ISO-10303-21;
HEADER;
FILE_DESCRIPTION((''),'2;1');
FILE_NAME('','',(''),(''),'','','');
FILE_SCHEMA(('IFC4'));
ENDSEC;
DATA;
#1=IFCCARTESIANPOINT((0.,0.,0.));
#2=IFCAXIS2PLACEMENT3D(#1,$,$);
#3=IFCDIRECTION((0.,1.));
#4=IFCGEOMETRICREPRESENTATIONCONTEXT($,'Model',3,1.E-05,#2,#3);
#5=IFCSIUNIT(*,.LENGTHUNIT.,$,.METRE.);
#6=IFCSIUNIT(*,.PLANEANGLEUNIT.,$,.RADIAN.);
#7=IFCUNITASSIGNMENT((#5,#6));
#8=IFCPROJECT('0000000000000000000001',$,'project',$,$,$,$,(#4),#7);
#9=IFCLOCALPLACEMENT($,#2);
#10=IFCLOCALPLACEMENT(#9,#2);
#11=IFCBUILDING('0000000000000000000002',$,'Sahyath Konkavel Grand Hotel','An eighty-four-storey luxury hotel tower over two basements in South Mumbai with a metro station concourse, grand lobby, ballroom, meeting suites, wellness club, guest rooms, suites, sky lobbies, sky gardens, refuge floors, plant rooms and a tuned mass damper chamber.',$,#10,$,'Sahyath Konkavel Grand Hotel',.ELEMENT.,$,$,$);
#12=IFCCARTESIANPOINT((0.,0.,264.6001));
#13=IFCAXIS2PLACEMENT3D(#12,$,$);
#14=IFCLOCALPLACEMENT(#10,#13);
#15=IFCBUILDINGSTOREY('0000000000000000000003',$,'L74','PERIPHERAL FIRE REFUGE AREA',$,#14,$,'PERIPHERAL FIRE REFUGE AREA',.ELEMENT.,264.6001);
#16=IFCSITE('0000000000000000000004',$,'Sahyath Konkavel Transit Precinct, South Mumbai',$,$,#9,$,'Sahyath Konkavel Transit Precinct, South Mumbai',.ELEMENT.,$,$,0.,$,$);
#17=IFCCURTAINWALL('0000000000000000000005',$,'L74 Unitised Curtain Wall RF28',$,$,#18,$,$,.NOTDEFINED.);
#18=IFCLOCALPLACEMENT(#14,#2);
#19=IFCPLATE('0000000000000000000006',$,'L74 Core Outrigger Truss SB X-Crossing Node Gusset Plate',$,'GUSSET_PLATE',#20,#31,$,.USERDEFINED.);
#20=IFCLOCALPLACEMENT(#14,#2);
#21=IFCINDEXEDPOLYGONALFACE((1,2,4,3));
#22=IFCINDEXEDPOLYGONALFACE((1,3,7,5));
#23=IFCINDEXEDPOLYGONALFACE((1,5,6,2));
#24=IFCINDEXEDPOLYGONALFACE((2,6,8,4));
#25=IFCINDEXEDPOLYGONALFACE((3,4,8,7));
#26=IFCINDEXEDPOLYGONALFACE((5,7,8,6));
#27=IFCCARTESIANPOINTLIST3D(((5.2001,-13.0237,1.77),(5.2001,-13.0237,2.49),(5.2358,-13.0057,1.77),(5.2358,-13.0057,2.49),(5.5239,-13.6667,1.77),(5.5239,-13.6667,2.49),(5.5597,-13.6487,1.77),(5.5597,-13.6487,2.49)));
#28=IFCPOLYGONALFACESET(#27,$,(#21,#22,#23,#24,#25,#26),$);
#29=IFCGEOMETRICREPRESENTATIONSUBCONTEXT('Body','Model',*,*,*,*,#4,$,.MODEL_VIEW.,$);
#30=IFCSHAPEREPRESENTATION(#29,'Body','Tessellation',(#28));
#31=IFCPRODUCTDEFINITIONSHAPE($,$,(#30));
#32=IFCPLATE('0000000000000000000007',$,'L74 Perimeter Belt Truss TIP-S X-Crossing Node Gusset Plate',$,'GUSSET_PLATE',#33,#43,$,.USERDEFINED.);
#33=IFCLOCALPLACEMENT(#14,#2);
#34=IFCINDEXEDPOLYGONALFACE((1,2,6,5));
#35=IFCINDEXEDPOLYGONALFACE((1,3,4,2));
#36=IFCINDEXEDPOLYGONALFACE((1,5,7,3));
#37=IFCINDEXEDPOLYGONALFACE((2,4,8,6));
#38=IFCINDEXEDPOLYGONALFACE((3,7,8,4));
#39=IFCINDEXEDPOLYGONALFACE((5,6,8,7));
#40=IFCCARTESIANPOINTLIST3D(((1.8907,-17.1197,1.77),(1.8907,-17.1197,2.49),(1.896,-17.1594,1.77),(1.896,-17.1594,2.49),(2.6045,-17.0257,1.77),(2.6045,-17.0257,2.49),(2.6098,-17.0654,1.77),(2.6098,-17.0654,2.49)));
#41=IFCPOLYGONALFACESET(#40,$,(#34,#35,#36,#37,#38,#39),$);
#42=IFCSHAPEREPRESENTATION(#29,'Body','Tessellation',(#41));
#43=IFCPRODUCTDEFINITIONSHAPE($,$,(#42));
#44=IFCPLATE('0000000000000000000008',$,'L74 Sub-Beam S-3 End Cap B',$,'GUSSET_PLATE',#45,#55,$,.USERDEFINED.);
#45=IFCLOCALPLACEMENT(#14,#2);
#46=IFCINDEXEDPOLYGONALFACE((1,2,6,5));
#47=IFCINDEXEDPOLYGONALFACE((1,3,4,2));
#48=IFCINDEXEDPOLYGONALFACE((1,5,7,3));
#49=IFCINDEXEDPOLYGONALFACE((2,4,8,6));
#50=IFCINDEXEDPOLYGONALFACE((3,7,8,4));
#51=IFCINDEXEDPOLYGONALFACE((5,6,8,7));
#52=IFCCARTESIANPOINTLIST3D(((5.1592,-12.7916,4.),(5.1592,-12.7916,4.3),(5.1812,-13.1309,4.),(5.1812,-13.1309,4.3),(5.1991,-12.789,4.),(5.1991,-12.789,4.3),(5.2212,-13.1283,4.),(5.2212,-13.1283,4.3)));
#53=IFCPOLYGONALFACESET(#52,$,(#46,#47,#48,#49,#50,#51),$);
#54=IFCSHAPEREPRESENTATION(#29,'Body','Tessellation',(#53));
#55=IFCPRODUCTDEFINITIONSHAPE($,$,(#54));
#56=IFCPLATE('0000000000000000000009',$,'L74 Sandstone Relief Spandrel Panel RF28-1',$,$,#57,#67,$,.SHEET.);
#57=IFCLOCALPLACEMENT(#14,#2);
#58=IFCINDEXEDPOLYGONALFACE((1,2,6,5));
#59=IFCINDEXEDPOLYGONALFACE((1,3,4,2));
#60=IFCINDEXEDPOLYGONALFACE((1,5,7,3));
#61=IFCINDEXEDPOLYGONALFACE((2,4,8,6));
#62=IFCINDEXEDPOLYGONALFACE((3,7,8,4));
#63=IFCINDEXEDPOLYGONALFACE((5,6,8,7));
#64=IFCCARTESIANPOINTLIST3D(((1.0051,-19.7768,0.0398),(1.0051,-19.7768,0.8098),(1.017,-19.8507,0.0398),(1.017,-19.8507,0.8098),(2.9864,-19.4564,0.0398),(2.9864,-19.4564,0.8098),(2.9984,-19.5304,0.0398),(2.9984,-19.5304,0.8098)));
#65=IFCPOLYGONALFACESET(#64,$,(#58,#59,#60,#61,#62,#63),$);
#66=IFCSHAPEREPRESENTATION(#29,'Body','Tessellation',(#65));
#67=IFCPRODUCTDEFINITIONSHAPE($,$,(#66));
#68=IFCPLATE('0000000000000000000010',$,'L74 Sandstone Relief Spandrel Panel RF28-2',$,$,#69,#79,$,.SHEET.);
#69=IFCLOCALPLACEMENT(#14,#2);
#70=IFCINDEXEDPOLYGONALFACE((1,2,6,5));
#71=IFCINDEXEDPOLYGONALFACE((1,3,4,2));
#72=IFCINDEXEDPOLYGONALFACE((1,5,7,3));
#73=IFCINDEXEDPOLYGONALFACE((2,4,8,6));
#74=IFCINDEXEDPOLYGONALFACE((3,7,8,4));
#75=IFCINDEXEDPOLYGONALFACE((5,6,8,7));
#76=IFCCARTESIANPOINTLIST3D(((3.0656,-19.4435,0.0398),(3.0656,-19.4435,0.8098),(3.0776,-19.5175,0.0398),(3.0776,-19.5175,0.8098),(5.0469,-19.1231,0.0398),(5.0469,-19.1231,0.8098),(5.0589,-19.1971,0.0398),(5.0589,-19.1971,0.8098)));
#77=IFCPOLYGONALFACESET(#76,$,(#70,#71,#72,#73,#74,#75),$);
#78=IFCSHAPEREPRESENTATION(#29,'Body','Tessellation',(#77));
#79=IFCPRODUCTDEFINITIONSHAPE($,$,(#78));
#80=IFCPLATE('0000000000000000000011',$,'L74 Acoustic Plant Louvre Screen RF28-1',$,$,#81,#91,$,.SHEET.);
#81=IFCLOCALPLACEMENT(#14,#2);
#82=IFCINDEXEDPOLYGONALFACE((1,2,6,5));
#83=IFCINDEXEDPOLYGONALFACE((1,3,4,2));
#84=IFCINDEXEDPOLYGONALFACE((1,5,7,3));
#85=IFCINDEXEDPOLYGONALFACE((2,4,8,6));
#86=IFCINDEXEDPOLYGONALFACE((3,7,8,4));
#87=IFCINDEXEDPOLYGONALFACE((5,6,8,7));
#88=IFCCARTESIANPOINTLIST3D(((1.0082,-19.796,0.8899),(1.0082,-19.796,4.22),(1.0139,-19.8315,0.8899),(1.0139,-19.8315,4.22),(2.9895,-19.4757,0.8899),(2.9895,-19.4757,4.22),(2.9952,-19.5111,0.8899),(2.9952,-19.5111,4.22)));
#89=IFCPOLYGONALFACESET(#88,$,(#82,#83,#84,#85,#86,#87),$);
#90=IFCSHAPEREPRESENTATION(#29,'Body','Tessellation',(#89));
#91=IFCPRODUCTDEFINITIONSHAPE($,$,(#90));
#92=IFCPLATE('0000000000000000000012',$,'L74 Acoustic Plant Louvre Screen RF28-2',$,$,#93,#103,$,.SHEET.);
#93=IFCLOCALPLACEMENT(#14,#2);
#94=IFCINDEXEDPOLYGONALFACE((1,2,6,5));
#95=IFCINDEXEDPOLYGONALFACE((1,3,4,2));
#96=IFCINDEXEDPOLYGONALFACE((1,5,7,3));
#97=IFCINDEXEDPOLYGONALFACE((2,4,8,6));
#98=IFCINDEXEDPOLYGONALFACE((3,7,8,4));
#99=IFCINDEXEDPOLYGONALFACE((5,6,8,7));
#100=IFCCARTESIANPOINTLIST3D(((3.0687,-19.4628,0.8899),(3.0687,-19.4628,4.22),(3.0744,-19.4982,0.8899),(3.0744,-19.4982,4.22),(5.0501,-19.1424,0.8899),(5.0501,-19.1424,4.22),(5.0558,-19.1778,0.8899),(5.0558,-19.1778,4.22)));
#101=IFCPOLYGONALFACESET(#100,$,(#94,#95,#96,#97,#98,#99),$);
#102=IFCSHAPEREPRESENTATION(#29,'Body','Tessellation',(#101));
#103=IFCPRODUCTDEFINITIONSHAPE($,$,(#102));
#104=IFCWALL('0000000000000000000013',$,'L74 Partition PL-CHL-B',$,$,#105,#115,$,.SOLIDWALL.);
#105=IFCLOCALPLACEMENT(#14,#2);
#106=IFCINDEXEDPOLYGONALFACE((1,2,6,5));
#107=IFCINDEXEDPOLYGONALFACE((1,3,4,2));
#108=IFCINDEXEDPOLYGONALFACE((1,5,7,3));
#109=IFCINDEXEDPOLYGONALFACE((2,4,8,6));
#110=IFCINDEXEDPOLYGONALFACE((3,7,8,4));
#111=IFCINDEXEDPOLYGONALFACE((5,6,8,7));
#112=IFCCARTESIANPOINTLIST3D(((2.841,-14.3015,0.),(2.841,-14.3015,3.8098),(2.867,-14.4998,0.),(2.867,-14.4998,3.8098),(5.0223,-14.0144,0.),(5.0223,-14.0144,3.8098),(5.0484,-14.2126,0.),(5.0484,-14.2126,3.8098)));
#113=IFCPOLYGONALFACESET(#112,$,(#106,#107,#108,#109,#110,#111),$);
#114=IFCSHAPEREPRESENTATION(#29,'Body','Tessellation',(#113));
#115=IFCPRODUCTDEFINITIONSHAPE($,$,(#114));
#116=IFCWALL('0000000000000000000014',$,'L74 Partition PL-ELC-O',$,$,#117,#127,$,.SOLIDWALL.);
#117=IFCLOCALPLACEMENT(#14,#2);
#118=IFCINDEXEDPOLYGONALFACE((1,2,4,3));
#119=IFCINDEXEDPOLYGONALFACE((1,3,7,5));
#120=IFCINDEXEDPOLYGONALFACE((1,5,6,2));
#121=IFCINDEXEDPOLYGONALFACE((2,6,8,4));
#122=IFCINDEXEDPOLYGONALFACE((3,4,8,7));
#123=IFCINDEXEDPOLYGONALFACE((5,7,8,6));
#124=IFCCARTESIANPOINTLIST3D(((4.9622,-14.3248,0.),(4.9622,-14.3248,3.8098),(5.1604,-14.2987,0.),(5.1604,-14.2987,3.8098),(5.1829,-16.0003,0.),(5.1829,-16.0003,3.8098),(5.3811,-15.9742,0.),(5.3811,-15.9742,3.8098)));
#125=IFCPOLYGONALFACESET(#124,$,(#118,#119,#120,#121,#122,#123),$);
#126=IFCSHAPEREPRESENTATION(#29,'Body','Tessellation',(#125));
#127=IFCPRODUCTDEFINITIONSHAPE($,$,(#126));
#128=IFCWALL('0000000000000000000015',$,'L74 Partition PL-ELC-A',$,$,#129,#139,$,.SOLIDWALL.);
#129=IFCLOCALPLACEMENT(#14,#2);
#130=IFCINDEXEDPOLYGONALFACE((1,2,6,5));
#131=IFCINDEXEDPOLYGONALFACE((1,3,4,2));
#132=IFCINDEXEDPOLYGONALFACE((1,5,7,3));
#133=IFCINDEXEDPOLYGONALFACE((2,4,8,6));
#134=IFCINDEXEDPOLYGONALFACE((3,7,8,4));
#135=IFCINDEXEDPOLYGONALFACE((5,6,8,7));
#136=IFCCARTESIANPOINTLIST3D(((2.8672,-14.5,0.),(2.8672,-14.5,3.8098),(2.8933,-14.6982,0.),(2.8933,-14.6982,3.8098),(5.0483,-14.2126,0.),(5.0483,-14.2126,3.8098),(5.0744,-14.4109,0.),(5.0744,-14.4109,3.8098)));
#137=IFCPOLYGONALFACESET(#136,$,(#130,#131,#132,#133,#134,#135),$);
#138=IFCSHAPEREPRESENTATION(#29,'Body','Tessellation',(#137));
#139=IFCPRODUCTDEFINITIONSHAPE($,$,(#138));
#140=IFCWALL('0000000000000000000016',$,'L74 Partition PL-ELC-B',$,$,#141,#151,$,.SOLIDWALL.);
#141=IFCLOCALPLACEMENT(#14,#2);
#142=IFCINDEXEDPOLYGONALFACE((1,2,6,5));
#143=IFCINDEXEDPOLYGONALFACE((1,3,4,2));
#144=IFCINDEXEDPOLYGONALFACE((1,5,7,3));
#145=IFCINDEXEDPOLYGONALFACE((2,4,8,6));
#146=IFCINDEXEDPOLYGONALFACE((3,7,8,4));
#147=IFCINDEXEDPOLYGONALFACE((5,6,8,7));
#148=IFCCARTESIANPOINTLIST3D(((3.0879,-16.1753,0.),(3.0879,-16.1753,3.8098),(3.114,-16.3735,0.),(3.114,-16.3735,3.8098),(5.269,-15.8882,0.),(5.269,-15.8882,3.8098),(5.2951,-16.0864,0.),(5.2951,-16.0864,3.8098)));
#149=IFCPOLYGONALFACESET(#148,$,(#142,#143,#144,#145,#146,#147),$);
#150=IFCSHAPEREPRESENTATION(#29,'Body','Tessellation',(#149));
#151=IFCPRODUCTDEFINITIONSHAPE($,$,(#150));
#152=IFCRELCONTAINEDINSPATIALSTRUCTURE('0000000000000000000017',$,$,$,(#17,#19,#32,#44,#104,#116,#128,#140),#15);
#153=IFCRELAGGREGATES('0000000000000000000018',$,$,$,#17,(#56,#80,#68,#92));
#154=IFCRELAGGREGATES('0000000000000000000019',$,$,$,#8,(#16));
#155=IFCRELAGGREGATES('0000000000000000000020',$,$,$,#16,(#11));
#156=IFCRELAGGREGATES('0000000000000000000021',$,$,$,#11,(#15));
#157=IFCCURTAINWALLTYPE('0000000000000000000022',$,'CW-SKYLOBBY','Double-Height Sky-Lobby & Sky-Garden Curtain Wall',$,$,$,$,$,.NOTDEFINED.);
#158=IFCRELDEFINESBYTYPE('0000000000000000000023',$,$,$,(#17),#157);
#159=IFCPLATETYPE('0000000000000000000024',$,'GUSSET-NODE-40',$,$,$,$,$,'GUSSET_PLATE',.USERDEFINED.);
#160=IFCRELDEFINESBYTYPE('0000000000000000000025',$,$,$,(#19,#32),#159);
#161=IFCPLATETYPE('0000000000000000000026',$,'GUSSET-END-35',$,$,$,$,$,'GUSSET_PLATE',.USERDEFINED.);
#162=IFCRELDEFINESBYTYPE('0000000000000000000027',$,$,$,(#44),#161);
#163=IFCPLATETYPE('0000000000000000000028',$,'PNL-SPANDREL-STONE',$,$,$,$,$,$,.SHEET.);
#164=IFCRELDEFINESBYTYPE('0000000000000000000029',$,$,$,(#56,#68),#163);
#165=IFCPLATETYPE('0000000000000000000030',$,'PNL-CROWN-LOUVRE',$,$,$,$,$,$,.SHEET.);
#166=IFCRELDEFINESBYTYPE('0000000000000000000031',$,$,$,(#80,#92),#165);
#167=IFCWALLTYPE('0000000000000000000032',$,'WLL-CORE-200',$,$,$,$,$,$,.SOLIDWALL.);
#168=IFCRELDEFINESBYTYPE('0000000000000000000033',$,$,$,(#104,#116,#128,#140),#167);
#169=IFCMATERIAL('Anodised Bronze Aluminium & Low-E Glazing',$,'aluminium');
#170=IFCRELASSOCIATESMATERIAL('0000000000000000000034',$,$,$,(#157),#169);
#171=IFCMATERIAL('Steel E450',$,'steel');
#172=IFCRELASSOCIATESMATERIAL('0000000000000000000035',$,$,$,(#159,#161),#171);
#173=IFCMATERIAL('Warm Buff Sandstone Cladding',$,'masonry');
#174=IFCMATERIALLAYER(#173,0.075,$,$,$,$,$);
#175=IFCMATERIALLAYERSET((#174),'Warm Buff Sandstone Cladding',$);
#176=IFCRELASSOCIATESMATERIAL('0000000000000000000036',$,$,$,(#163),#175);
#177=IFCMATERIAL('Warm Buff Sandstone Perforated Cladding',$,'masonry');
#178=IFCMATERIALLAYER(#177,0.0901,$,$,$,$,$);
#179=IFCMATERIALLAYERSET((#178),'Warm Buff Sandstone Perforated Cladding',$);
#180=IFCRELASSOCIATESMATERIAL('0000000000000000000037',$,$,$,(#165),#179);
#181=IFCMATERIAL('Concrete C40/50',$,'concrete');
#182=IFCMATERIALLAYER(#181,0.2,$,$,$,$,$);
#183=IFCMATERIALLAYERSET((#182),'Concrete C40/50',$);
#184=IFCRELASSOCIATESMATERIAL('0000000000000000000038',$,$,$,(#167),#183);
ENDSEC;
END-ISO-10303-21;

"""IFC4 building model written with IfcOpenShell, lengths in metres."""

from ifc_helpers import new_model, si_unit, direction, frame, frame_2d, origin, origin_2d, place, context, subcontext, project, spatial, rectangle, extrude, source, transform, mapped, material, layer, layer_set, type_object, element, aggregate, save


model = new_model("IFC4")

# Units and contexts
model_context = context("Model", 3, precision=1e-05, world=origin(), true_north=direction((0.0, 1.0)))
body_context = subcontext(model_context, "Body", "Model", "MODEL_VIEW")
ifc_project = project(units=[si_unit("LENGTHUNIT", "METRE"), si_unit("PLANEANGLEUNIT", "RADIAN")], contexts=[model_context])

# Site, building, storey
site_placement = place(None, origin())
site = spatial("IfcSite", under=ifc_project, at=site_placement, Name="Sahyath Konkavel Transit Precinct, South Mumbai", LongName="Sahyath Konkavel Transit Precinct, South Mumbai", CompositionType="ELEMENT", RefElevation=0.0)
building_placement = place(site_placement, origin())
building = spatial("IfcBuilding", under=site, at=building_placement, Name="Sahyath Konkavel Grand Hotel", Description="An eighty-four-storey luxury hotel tower over two basements in South Mumbai with a metro station concourse, grand lobby, ballroom, meeting suites, wellness club, guest rooms, suites, sky lobbies, sky gardens, refuge floors, plant rooms and a tuned mass damper chamber.", LongName="Sahyath Konkavel Grand Hotel", CompositionType="ELEMENT")
storey_placement = place(building_placement, frame((0.0, 0.0, 264.6001)))
storey = spatial("IfcBuildingStorey", under=building, at=storey_placement, Name="L74", Description="PERIPHERAL FIRE REFUGE AREA", LongName="PERIPHERAL FIRE REFUGE AREA", CompositionType="ELEMENT", Elevation=264.6001)

# Shared definitions
ifc_material_1 = material(Name="Steel E450", Category="steel")

# Curtain wall
ifc_material_2 = material(Name="Anodised Bronze Aluminium & Low-E Glazing", Category="aluminium")
curtain_wall_type = type_object("IfcCurtainWallType", Name="CW-SKYLOBBY", Description="Double-Height Sky-Lobby & Sky-Garden Curtain Wall", PredefinedType="NOTDEFINED", material=ifc_material_2)
curtain_wall_placement = place(storey_placement, origin())
curtain_wall = element("IfcCurtainWall", 1, at=curtain_wall_placement, inside=storey, type_object=curtain_wall_type, Name="L74 Unitised Curtain Wall RF28", PredefinedType="NOTDEFINED")

# Plates
plate_type_1 = type_object("IfcPlateType", Name="GUSSET-NODE-40", ElementType="GUSSET_PLATE", PredefinedType="USERDEFINED", material=ifc_material_1)
shared_shape_1 = source(origin(), body_context, "Body", "SweptSolid", [
    extrude(rectangle(XDim=0.72, YDim=0.04, at=origin_2d()), origin(), (0.0, 0.0, 1.0), 0.72),
])
for number, where, z_axis, x_axis, name in (
    (2, (5.3799, -13.3362, 1.77), (0.0, 0.0, 1.0), (0.449865, -0.893097, 0.0), "L74 Core Outrigger Truss SB X-Crossing Node Gusset Plate"),
    (3, (2.2502, -17.0925, 1.77), (0.0, 0.0, 1.0), (0.991445, 0.130526, 0.0), "L74 Perimeter Belt Truss TIP-S X-Crossing Node Gusset Plate"),
):
    element("IfcPlate", number, at=place(storey_placement, frame(where, z_axis=z_axis, x_axis=x_axis)), inside=storey, type_object=plate_type_1, Name=name, ObjectType="GUSSET_PLATE", PredefinedType="USERDEFINED", context=body_context, shape_type="MappedRepresentation", body=[
        mapped(shared_shape_1, transform((0.0, 0.0, 0.0), scale=1.0)),
    ])
plate_type_2 = type_object("IfcPlateType", Name="GUSSET-END-35", ElementType="GUSSET_PLATE", PredefinedType="USERDEFINED", material=ifc_material_1)
shared_shape_2 = source(origin(), body_context, "Body", "SweptSolid", [
    extrude(rectangle(XDim=0.04, YDim=0.3401, at=origin_2d()), origin(), (0.0, 0.0, 1.0), 0.3),
])
plate_1_placement = place(storey_placement, frame((5.1902, -12.96, 4.0), z_axis=(0.0, 0.0, 1.0), x_axis=(0.997898, 0.064811, 0.0)))
element("IfcPlate", 4, at=plate_1_placement, inside=storey, type_object=plate_type_2, Name="L74 Sub-Beam S-3 End Cap B", ObjectType="GUSSET_PLATE", PredefinedType="USERDEFINED", context=body_context, shape_type="MappedRepresentation", body=[
    mapped(shared_shape_2, transform((0.0, 0.0, 0.0), scale=1.0)),
])

# Plates
ifc_material_3 = material(Name="Warm Buff Sandstone Cladding", Category="masonry")
ifc_layer_1 = layer(ifc_material_3, 0.075)
ifc_layer_set_1 = layer_set([ifc_layer_1], Name="Warm Buff Sandstone Cladding")
plate_type_3 = type_object("IfcPlateType", Name="PNL-SPANDREL-STONE", PredefinedType="SHEET", material=ifc_layer_set_1)
shared_shape_3 = source(origin(), body_context, "Body", "SweptSolid", [
    extrude(rectangle(XDim=2.0071, YDim=0.075, at=origin_2d()), origin(), (0.0, 0.0, 1.0), 0.77),
])
plate_2_placement = place(storey_placement, frame((2.0017, -19.6536, 0.0398), z_axis=(0.0, 0.0, 1.0), x_axis=(0.987178, 0.159623, 0.0)))
plate_2 = element("IfcPlate", 5, at=plate_2_placement, type_object=plate_type_3, Name="L74 Sandstone Relief Spandrel Panel RF28-1", PredefinedType="SHEET", context=body_context, shape_type="MappedRepresentation", body=[
    mapped(shared_shape_3, transform((0.0, 0.0, 0.0), scale=1.0)),
])
plate_3_placement = place(storey_placement, frame((4.0623, -19.3203, 0.0398), z_axis=(0.0, 0.0, 1.0), x_axis=(0.987178, 0.159623, 0.0)))
plate_3 = element("IfcPlate", 6, at=plate_3_placement, type_object=plate_type_3, Name="L74 Sandstone Relief Spandrel Panel RF28-2", PredefinedType="SHEET", context=body_context, shape_type="MappedRepresentation", body=[
    mapped(shared_shape_3, transform((0.0, 0.0, 0.0), scale=1.0)),
])
ifc_material_4 = material(Name="Warm Buff Sandstone Perforated Cladding", Category="masonry")
ifc_layer_2 = layer(ifc_material_4, 0.0901)
ifc_layer_set_2 = layer_set([ifc_layer_2], Name="Warm Buff Sandstone Perforated Cladding")
plate_type_4 = type_object("IfcPlateType", Name="PNL-CROWN-LOUVRE", PredefinedType="SHEET", material=ifc_layer_set_2)
shared_shape_4 = source(origin(), body_context, "Body", "SweptSolid", [
    extrude(rectangle(XDim=2.0071, YDim=0.0359, at=origin_2d()), origin(), (0.0, 0.0, 1.0), 3.3301),
])
plate_4_placement = place(storey_placement, frame((2.0017, -19.6536, 0.8899), z_axis=(0.0, 0.0, 1.0), x_axis=(0.987178, 0.159623, 0.0)))
plate_4 = element("IfcPlate", 7, at=plate_4_placement, type_object=plate_type_4, Name="L74 Acoustic Plant Louvre Screen RF28-1", PredefinedType="SHEET", context=body_context, shape_type="MappedRepresentation", body=[
    mapped(shared_shape_4, transform((0.0, 0.0, 0.0), scale=1.0)),
])
plate_5_placement = place(storey_placement, frame((4.0623, -19.3203, 0.8899), z_axis=(0.0, 0.0, 1.0), x_axis=(0.987178, 0.159623, 0.0)))
plate_5 = element("IfcPlate", 8, at=plate_5_placement, type_object=plate_type_4, Name="L74 Acoustic Plant Louvre Screen RF28-2", PredefinedType="SHEET", context=body_context, shape_type="MappedRepresentation", body=[
    mapped(shared_shape_4, transform((0.0, 0.0, 0.0), scale=1.0)),
])
aggregate(curtain_wall, [plate_2, plate_4, plate_3, plate_5])

# Shared definitions
ifc_material_5 = material(Name="Concrete C40/50", Category="concrete")
ifc_layer_3 = layer(ifc_material_5, 0.2)
ifc_layer_set_3 = layer_set([ifc_layer_3], Name="Concrete C40/50")
wall_type = type_object("IfcWallType", Name="WLL-CORE-200", PredefinedType="SOLIDWALL", material=ifc_layer_set_3)

# Wall
wall_1_placement = place(storey_placement, frame((2.854, -14.4006, 0.0), z_axis=(0.0, 0.0, 1.0), x_axis=(0.991449, 0.130492, 0.0)))
element("IfcWall", 9, at=wall_1_placement, inside=storey, type_object=wall_type, Name="L74 Partition PL-CHL-B", PredefinedType="SOLIDWALL", context=body_context, shape_type="SweptSolid", body=[
    extrude(rectangle(XDim=2.2002, YDim=0.2, at=frame_2d((1.1001, 0.0))), origin(), (0.0, 0.0, 1.0), 3.8098),
])

# Walls
wall_2_placement = place(storey_placement, frame((5.0613, -14.3118, 0.0), z_axis=(0.0, 0.0, 1.0), x_axis=(0.130593, -0.991436, 0.0)))
element("IfcWall", 10, at=wall_2_placement, inside=storey, type_object=wall_type, Name="L74 Partition PL-ELC-O", PredefinedType="SOLIDWALL", context=body_context, shape_type="SweptSolid", body=[
    extrude(rectangle(XDim=1.6899, YDim=0.2, at=frame_2d((0.845, 0.0))), origin(), (0.0, 0.0, 1.0), 3.8098),
])
for number, where, z_axis, x_axis, name in (
    (11, (2.8801, -14.5991, 0.0), (0.0, 0.0, 1.0), (0.991433, 0.130615, 0.0), "L74 Partition PL-ELC-A"),
    (12, (3.1008, -16.2744, 0.0), (0.0, 0.0, 1.0), (0.991447, 0.130506, 0.0), "L74 Partition PL-ELC-B"),
):
    element("IfcWall", number, at=place(storey_placement, frame(where, z_axis=z_axis, x_axis=x_axis)), inside=storey, type_object=wall_type, Name=name, PredefinedType="SOLIDWALL", context=body_context, shape_type="SweptSolid", body=[
        extrude(rectangle(XDim=2.2, YDim=0.2, at=frame_2d((1.1001, 0.0))), origin(), (0.0, 0.0, 1.0), 3.8098),
    ])

save(model, "model.ifc")
